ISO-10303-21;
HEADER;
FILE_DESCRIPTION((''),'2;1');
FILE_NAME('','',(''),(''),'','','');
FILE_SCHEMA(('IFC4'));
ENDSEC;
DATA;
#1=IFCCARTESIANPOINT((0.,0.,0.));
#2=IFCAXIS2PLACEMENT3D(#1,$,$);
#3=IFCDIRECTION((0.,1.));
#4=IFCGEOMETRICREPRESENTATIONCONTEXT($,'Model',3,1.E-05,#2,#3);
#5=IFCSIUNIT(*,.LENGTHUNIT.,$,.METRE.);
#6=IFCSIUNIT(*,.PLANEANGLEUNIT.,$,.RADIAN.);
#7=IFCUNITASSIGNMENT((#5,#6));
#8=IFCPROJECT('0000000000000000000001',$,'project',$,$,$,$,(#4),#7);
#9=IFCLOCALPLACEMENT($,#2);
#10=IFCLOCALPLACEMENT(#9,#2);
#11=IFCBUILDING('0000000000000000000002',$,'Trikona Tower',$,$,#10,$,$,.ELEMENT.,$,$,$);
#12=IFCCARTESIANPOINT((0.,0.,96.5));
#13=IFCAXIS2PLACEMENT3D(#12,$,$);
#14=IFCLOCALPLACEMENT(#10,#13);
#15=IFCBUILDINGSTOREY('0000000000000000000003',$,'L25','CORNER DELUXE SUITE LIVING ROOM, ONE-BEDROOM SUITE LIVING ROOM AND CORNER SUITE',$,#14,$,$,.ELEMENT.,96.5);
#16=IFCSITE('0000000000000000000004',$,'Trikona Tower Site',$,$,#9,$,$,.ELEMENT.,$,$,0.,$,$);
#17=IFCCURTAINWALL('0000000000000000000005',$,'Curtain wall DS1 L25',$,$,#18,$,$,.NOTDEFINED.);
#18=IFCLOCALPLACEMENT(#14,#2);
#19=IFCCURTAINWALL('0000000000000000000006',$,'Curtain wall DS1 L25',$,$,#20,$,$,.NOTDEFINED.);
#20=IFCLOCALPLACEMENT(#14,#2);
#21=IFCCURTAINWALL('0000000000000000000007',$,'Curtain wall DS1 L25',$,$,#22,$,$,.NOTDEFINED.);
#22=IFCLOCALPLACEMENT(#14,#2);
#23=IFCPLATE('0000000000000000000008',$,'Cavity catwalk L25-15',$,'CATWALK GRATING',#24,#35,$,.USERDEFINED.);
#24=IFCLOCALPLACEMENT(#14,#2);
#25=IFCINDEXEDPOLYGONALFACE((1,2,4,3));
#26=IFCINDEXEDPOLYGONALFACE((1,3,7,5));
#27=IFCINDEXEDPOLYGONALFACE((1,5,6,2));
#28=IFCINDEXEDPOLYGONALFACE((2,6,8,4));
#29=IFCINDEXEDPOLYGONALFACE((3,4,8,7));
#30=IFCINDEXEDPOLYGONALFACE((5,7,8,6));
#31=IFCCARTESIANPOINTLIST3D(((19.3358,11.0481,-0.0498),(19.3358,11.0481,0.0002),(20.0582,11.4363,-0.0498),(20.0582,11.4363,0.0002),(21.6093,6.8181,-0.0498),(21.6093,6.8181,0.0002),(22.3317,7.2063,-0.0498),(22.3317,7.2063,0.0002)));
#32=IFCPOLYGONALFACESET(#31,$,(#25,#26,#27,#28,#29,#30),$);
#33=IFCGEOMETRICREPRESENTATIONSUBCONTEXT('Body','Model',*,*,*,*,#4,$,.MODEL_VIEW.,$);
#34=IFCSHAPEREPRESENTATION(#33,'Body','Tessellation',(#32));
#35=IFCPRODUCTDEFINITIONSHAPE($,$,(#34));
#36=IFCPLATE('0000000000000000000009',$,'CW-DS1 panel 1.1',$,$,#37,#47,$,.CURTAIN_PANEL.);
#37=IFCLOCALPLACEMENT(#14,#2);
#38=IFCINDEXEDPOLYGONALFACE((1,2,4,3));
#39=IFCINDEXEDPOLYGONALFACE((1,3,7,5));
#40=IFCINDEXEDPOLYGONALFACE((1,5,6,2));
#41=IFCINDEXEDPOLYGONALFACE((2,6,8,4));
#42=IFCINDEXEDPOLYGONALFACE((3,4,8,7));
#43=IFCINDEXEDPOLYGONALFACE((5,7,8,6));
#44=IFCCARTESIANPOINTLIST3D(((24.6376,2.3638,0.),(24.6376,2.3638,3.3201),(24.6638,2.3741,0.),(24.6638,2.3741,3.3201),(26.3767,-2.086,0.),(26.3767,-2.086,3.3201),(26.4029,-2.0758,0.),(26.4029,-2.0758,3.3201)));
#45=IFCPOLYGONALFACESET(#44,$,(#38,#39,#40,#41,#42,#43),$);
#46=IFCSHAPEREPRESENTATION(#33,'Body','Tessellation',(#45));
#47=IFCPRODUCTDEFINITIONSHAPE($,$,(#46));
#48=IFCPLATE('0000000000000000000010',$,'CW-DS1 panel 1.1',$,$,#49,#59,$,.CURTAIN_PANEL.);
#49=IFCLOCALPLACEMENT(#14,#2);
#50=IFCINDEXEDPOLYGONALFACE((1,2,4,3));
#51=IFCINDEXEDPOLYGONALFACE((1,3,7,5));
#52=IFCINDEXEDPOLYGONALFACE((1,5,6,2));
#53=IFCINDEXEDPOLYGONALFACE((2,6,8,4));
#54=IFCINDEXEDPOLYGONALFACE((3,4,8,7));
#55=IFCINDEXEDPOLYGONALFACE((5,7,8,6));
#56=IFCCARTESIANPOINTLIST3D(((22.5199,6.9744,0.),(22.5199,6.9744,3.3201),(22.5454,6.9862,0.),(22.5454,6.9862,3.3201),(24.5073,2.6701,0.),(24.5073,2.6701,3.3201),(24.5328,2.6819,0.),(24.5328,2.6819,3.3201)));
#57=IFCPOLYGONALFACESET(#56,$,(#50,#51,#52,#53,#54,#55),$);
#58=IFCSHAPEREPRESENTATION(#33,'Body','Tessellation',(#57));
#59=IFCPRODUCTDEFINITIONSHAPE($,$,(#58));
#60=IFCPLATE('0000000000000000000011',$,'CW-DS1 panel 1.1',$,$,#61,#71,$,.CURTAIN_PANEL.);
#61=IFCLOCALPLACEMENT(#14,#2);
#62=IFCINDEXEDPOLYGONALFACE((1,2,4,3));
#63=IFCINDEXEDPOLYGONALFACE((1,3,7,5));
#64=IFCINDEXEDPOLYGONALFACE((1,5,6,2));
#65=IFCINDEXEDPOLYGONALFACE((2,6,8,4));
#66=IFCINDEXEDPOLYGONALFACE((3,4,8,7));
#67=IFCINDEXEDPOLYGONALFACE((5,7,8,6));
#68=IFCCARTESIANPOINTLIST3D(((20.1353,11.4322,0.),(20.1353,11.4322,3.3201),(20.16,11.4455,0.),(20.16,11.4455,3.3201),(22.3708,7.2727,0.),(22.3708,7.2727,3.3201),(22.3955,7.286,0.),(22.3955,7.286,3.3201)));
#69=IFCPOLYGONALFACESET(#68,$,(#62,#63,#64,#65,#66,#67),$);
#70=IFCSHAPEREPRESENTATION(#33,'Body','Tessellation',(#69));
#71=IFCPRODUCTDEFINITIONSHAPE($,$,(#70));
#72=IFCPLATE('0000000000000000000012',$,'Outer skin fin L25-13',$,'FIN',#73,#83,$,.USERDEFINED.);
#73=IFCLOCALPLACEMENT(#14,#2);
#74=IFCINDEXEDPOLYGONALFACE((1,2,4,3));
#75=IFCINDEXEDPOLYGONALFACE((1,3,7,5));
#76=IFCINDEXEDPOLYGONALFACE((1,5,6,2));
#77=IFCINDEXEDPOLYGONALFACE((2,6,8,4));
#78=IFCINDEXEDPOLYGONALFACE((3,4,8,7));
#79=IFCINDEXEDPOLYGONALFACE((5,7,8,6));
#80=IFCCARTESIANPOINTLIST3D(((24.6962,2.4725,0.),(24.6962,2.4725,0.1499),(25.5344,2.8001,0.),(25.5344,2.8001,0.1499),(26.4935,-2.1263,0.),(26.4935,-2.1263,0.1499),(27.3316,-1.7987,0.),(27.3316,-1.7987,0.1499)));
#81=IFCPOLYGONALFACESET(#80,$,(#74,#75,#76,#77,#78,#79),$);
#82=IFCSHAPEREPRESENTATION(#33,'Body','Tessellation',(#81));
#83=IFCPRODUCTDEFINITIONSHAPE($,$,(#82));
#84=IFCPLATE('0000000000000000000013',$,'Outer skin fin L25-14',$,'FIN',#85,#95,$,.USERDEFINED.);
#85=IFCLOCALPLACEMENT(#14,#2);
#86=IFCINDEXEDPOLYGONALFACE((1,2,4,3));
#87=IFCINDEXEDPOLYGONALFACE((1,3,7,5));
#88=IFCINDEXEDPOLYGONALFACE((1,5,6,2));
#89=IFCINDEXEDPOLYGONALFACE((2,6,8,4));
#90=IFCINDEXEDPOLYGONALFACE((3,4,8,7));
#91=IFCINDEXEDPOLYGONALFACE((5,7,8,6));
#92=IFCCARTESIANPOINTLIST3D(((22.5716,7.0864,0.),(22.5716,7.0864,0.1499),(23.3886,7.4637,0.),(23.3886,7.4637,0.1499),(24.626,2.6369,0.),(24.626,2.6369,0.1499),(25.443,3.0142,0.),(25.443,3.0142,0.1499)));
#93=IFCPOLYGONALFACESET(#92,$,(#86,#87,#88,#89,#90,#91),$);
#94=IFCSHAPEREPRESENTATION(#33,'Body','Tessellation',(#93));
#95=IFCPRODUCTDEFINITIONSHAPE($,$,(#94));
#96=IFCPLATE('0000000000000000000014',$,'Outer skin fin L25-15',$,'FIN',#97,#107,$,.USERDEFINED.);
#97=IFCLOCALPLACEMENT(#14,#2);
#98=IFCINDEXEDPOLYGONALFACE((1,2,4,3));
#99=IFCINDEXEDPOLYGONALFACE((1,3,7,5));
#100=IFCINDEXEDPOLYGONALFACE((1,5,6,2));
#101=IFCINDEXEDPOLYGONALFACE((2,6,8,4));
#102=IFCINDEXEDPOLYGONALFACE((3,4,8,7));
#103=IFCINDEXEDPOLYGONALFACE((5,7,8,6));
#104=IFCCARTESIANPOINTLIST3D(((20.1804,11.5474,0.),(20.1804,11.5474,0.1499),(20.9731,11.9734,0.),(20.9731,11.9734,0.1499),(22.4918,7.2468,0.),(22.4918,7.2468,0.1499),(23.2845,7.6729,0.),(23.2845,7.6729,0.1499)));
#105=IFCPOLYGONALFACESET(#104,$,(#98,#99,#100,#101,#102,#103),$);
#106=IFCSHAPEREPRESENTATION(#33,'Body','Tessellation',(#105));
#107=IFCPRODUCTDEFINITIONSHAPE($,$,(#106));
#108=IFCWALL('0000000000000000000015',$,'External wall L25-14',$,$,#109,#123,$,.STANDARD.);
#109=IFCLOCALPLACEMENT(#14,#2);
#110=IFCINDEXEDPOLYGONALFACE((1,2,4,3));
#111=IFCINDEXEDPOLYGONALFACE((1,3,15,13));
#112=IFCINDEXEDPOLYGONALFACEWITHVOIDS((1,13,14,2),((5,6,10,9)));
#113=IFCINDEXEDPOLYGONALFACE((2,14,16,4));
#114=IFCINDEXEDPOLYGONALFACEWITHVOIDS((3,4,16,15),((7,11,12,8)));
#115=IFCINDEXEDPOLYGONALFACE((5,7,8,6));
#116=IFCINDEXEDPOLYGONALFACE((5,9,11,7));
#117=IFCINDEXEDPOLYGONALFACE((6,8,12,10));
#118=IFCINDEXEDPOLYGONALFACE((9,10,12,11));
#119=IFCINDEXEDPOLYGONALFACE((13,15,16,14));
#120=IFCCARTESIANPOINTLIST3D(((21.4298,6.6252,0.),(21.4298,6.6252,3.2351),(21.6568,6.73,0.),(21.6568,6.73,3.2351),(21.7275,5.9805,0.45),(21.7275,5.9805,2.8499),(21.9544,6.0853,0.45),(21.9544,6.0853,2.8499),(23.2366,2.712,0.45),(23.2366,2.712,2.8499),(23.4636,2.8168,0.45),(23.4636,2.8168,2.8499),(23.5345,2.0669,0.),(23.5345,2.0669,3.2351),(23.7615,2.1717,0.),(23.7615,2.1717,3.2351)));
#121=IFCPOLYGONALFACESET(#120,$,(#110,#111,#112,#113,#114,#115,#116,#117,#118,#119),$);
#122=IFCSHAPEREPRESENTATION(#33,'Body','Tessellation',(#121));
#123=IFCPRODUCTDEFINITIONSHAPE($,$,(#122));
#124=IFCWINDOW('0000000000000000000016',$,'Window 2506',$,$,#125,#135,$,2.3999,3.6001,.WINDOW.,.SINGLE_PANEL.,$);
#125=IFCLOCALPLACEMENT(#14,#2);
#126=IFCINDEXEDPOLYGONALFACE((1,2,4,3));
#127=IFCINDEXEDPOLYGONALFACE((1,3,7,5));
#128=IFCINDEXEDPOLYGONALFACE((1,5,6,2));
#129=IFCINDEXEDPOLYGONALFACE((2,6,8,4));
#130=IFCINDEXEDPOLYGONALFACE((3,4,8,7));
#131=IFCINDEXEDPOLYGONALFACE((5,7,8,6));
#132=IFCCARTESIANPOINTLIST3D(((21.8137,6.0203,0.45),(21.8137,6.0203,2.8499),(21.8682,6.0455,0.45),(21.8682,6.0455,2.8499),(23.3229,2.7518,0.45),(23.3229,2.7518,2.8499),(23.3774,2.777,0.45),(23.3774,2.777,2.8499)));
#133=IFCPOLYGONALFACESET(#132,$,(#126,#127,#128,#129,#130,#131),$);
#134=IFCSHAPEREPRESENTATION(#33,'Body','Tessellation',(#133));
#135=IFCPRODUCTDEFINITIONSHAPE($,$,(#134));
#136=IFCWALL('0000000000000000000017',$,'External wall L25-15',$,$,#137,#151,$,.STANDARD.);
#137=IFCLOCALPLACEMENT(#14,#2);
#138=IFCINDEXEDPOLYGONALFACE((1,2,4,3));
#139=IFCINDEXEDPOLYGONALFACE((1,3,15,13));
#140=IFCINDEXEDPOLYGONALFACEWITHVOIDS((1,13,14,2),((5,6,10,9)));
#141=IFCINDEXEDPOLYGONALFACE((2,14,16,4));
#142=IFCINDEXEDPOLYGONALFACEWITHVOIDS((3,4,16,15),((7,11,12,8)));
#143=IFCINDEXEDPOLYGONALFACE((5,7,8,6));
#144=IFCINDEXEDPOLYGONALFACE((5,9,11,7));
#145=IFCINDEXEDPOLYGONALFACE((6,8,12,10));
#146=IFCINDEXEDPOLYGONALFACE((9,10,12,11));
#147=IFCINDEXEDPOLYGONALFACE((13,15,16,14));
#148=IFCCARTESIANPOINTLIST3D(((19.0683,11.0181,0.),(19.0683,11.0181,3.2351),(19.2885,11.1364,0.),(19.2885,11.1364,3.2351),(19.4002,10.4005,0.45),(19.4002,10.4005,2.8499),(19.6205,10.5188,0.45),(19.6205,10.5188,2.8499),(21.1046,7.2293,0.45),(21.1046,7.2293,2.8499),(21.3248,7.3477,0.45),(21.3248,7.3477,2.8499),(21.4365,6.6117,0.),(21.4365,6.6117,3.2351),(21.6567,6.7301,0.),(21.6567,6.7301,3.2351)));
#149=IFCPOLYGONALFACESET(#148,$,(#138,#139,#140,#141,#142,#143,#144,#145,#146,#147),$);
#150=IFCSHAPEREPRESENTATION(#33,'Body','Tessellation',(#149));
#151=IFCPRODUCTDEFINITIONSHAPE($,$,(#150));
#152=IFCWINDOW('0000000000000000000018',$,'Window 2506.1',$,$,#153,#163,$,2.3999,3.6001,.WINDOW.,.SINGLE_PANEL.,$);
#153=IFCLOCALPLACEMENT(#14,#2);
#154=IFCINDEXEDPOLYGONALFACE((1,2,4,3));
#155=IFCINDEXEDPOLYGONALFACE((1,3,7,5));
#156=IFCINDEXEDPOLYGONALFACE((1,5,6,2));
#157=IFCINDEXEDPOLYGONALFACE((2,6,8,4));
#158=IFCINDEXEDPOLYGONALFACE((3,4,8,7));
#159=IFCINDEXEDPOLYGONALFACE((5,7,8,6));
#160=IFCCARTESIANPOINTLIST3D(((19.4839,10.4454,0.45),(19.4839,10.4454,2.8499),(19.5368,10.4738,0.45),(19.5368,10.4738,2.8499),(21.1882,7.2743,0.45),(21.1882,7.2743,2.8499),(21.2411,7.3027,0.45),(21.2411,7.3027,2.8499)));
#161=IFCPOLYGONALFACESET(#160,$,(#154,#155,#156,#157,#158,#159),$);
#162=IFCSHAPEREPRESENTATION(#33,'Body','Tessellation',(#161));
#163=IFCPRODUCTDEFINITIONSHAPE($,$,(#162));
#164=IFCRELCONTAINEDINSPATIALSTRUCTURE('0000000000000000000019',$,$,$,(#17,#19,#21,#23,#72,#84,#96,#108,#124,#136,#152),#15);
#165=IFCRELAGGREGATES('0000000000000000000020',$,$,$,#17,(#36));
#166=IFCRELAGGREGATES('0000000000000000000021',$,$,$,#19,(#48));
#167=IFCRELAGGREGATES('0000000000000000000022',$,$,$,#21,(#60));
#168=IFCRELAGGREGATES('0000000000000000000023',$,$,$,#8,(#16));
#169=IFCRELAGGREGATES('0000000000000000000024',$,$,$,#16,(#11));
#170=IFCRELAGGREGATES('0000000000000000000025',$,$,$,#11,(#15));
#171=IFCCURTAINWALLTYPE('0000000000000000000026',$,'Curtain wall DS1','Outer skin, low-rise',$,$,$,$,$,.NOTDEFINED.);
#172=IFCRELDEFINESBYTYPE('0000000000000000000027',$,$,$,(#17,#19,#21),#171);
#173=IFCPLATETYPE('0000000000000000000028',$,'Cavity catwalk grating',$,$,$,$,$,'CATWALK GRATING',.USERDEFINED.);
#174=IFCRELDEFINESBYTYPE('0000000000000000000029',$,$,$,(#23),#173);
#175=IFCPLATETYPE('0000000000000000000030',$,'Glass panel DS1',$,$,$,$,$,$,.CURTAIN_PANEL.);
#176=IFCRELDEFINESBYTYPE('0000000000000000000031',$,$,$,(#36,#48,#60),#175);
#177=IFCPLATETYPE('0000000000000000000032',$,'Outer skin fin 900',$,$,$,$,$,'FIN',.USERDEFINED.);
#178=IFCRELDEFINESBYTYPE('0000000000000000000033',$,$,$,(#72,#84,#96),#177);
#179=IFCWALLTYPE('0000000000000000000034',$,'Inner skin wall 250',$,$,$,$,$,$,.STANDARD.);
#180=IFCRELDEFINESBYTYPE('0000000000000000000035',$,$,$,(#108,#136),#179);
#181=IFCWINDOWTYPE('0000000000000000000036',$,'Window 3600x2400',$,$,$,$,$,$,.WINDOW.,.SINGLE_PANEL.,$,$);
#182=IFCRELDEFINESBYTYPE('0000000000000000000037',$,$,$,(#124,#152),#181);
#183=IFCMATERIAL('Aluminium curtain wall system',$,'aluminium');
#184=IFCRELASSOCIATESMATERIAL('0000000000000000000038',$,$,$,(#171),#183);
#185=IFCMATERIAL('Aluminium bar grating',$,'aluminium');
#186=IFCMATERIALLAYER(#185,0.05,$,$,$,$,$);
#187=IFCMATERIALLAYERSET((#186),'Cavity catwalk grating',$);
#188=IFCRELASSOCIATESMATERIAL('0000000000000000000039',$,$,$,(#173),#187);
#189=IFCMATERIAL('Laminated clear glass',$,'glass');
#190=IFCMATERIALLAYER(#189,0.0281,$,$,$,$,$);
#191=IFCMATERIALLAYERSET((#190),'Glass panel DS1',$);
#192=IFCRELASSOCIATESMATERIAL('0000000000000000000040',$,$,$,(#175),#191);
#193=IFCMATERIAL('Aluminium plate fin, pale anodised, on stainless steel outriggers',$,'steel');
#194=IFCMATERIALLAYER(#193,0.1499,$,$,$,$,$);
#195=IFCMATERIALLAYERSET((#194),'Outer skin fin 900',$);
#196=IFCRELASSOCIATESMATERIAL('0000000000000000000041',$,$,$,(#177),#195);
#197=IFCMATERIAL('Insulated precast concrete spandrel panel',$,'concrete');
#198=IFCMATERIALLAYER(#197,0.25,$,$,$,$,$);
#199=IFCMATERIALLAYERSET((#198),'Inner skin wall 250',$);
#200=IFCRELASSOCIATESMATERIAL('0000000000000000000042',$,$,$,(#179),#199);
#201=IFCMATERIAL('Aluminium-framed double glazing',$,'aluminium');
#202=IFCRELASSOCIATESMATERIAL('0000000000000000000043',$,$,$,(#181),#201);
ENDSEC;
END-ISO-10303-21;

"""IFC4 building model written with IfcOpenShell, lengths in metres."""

from ifc_helpers import new_model, si_unit, direction, frame, frame_2d, origin, origin_2d, place, context, subcontext, project, spatial, rectangle, extrude, material, layer, layer_set, type_object, element, fill, aggregate, save


model = new_model("IFC4")

# Units and contexts
model_context = context("Model", 3, precision=1e-05, world=origin(), true_north=direction((0.0, 1.0)))
body_context = subcontext(model_context, "Body", "Model", "MODEL_VIEW")
ifc_project = project(units=[si_unit("LENGTHUNIT", "METRE"), si_unit("PLANEANGLEUNIT", "RADIAN")], contexts=[model_context])

# Site, building, storey
site_placement = place(None, origin())
site = spatial("IfcSite", under=ifc_project, at=site_placement, Name="Trikona Tower Site", CompositionType="ELEMENT", RefElevation=0.0)
building_placement = place(site_placement, origin())
building = spatial("IfcBuilding", under=site, at=building_placement, Name="Trikona Tower", CompositionType="ELEMENT")
storey_placement = place(building_placement, frame((0.0, 0.0, 96.5)))
storey = spatial("IfcBuildingStorey", under=building, at=storey_placement, Name="L25", Description="CORNER DELUXE SUITE LIVING ROOM, ONE-BEDROOM SUITE LIVING ROOM AND CORNER SUITE", CompositionType="ELEMENT", Elevation=96.5)

# Curtain wall
ifc_material_1 = material(Name="Aluminium curtain wall system", Category="aluminium")
curtain_wall_type = type_object("IfcCurtainWallType", Name="Curtain wall DS1", Description="Outer skin, low-rise", PredefinedType="NOTDEFINED", material=ifc_material_1)
curtain_wall_1_placement = place(storey_placement, origin())
curtain_wall_1 = element("IfcCurtainWall", 1, at=curtain_wall_1_placement, inside=storey, type_object=curtain_wall_type, Name="Curtain wall DS1 L25", PredefinedType="NOTDEFINED")

# Curtain walls
curtain_wall_2_placement = place(storey_placement, origin())
curtain_wall_2 = element("IfcCurtainWall", 2, at=curtain_wall_2_placement, inside=storey, type_object=curtain_wall_type, Name="Curtain wall DS1 L25", PredefinedType="NOTDEFINED")
curtain_wall_3_placement = place(storey_placement, origin())
curtain_wall_3 = element("IfcCurtainWall", 3, at=curtain_wall_3_placement, inside=storey, type_object=curtain_wall_type, Name="Curtain wall DS1 L25", PredefinedType="NOTDEFINED")

# Plate
ifc_material_2 = material(Name="Aluminium bar grating", Category="aluminium")
ifc_layer_1 = layer(ifc_material_2, 0.05)
ifc_layer_set_1 = layer_set([ifc_layer_1], Name="Cavity catwalk grating")
plate_type_1 = type_object("IfcPlateType", Name="Cavity catwalk grating", ElementType="CATWALK GRATING", PredefinedType="USERDEFINED", material=ifc_layer_set_1)
plate_1_placement = place(storey_placement, frame((20.8337, 9.1272, -0.0498), z_axis=(0.0, 0.0, 1.0), x_axis=(-0.473423, 0.880835, 0.0)))
element("IfcPlate", 4, at=plate_1_placement, inside=storey, type_object=plate_type_1, Name="Cavity catwalk L25-15", ObjectType="CATWALK GRATING", PredefinedType="USERDEFINED", context=body_context, shape_type="SweptSolid", body=[
    extrude(rectangle(XDim=4.8022, YDim=0.8201, at=origin_2d()), origin(), (0.0, 0.0, 1.0), 0.05),
])

# Plates
ifc_material_3 = material(Name="Laminated clear glass", Category="glass")
ifc_layer_2 = layer(ifc_material_3, 0.0281)
ifc_layer_set_2 = layer_set([ifc_layer_2], Name="Glass panel DS1")
plate_type_2 = type_object("IfcPlateType", Name="Glass panel DS1", PredefinedType="CURTAIN_PANEL", material=ifc_layer_set_2)
plate_2_placement = place(storey_placement, frame((25.5203, 0.144, 0.0), z_axis=(0.0, 0.0, 1.0), x_axis=(-0.364008, 0.931396, 0.0)))
plate_2 = element("IfcPlate", 5, at=plate_2_placement, type_object=plate_type_2, Name="CW-DS1 panel 1.1", PredefinedType="CURTAIN_PANEL", context=body_context, shape_type="SweptSolid", body=[
    extrude(rectangle(XDim=4.7776, YDim=0.0281, at=origin_2d()), origin(), (0.0, 0.0, 1.0), 3.3201),
])
aggregate(curtain_wall_1, [plate_2])
plate_3_placement = place(storey_placement, frame((23.5264, 4.8281, 0.0), z_axis=(0.0, 0.0, 1.0), x_axis=(-0.41919, 0.907898, 0.0)))
plate_3 = element("IfcPlate", 6, at=plate_3_placement, type_object=plate_type_2, Name="CW-DS1 panel 1.1", PredefinedType="CURTAIN_PANEL", context=body_context, shape_type="SweptSolid", body=[
    extrude(rectangle(XDim=4.741, YDim=0.0281, at=origin_2d()), origin(), (0.0, 0.0, 1.0), 3.3201),
])
aggregate(curtain_wall_2, [plate_3])
plate_4_placement = place(storey_placement, frame((21.2654, 9.3591, 0.0), z_axis=(0.0, 0.0, 1.0), x_axis=(-0.473408, 0.880843, 0.0)))
plate_4 = element("IfcPlate", 7, at=plate_4_placement, type_object=plate_type_2, Name="CW-DS1 panel 1.1", PredefinedType="CURTAIN_PANEL", context=body_context, shape_type="SweptSolid", body=[
    extrude(rectangle(XDim=4.7222, YDim=0.0281, at=origin_2d()), origin(), (0.0, 0.0, 1.0), 3.3201),
])
aggregate(curtain_wall_3, [plate_4])

# Plates
ifc_material_4 = material(Name="Aluminium plate fin, pale anodised, on stainless steel outriggers", Category="steel")
ifc_layer_3 = layer(ifc_material_4, 0.1499)
ifc_layer_set_3 = layer_set([ifc_layer_3], Name="Outer skin fin 900")
plate_type_3 = type_object("IfcPlateType", Name="Outer skin fin 900", ElementType="FIN", PredefinedType="USERDEFINED", material=ifc_layer_set_3)
plate_5_placement = place(storey_placement, frame((26.0139, 0.3369, 0.0), z_axis=(0.0, 0.0, 1.0), x_axis=(-0.364009, 0.931395, 0.0)))
element("IfcPlate", 8, at=plate_5_placement, inside=storey, type_object=plate_type_3, Name="Outer skin fin L25-13", ObjectType="FIN", PredefinedType="USERDEFINED", context=body_context, shape_type="SweptSolid", body=[
    extrude(rectangle(XDim=4.9375, YDim=0.8999, at=origin_2d()), origin(), (0.0, 0.0, 1.0), 0.1499),
])
plate_6_placement = place(storey_placement, frame((24.0073, 5.0503, 0.0), z_axis=(0.0, 0.0, 1.0), x_axis=(-0.419194, 0.907897, 0.0)))
element("IfcPlate", 9, at=plate_6_placement, inside=storey, type_object=plate_type_3, Name="Outer skin fin L25-14", ObjectType="FIN", PredefinedType="USERDEFINED", context=body_context, shape_type="SweptSolid", body=[
    extrude(rectangle(XDim=4.9009, YDim=0.8999, at=origin_2d()), origin(), (0.0, 0.0, 1.0), 0.1499),
])
plate_7_placement = place(storey_placement, frame((21.7324, 9.6101, 0.0), z_axis=(0.0, 0.0, 1.0), x_axis=(-0.473423, 0.880835, 0.0)))
element("IfcPlate", 10, at=plate_7_placement, inside=storey, type_object=plate_type_3, Name="Outer skin fin L25-15", ObjectType="FIN", PredefinedType="USERDEFINED", context=body_context, shape_type="SweptSolid", body=[
    extrude(rectangle(XDim=4.8823, YDim=0.8999, at=origin_2d()), origin(), (0.0, 0.0, 1.0), 0.1499),
])

# Walls, openings, windows
ifc_material_5 = material(Name="Insulated precast concrete spandrel panel", Category="concrete")
ifc_layer_4 = layer(ifc_material_5, 0.25)
ifc_layer_set_4 = layer_set([ifc_layer_4], Name="Inner skin wall 250")
wall_type = type_object("IfcWallType", Name="Inner skin wall 250", PredefinedType="STANDARD", material=ifc_layer_set_4)
wall_1_placement = place(storey_placement, frame((23.6479, 2.1194, 0.0), z_axis=(0.0, 0.0, 1.0), x_axis=(-0.419203, 0.907892, 0.0)))
wall_1 = element("IfcWall", 11, at=wall_1_placement, inside=storey, type_object=wall_type, Name="External wall L25-14", PredefinedType="STANDARD", context=body_context, shape_type="SweptSolid", body=[
    extrude(rectangle(XDim=5.0208, YDim=0.25, at=frame_2d((2.5103, 0.0))), origin(), (0.0, 0.0, 1.0), 3.2351),
])
opening_1_placement = place(wall_1_placement, frame((0.7104, 0.0, 0.45)))
opening_1 = element("IfcOpeningElement", 12, at=opening_1_placement, cuts=wall_1, PredefinedType="OPENING", context=body_context, shape_type="SweptSolid", body=[
    extrude(rectangle(XDim=3.6001, YDim=2.3999, at=frame_2d((1.8, 1.2))), frame((0.0, 0.135, 0.0), z_axis=(0.0, -1.0, 0.0), x_axis=(1.0, 0.0, 0.0)), (0.0, 0.0, 1.0), 0.27),
])
ifc_material_6 = material(Name="Aluminium-framed double glazing", Category="aluminium")
window_type = type_object("IfcWindowType", Name="Window 3600x2400", PartitioningType="SINGLE_PANEL", PredefinedType="WINDOW", material=ifc_material_6)
window_1_placement = place(opening_1_placement, origin())
window_1 = element("IfcWindow", 13, at=window_1_placement, inside=storey, type_object=window_type, Name="Window 2506", OverallHeight=2.3999, OverallWidth=3.6001, PartitioningType="SINGLE_PANEL", PredefinedType="WINDOW", context=body_context, shape_type="SweptSolid", body=[
    extrude(rectangle(XDim=3.6001, YDim=2.3999, at=frame_2d((1.8, 1.2))), frame((0.0, 0.03, 0.0), z_axis=(0.0, -1.0, 0.0), x_axis=(1.0, 0.0, 0.0)), (0.0, 0.0, 1.0), 0.0601),
])
fill(opening_1, window_1)
wall_2_placement = place(storey_placement, frame((21.5466, 6.6709, 0.0), z_axis=(0.0, 0.0, 1.0), x_axis=(-0.473413, 0.880841, 0.0)))
wall_2 = element("IfcWall", 14, at=wall_2_placement, inside=storey, type_object=wall_type, Name="External wall L25-15", PredefinedType="STANDARD", context=body_context, shape_type="SweptSolid", body=[
    extrude(rectangle(XDim=5.0024, YDim=0.25, at=frame_2d((2.5012, 0.0))), origin(), (0.0, 0.0, 1.0), 3.2351),
])
opening_2_placement = place(wall_2_placement, frame((0.7012, 0.0, 0.45)))
opening_2 = element("IfcOpeningElement", 15, at=opening_2_placement, cuts=wall_2, PredefinedType="OPENING", context=body_context, shape_type="SweptSolid", body=[
    extrude(rectangle(XDim=3.6001, YDim=2.3999, at=frame_2d((1.8, 1.2))), frame((0.0, 0.135, 0.0), z_axis=(0.0, -1.0, 0.0), x_axis=(1.0, 0.0, 0.0)), (0.0, 0.0, 1.0), 0.27),
])
window_2_placement = place(opening_2_placement, origin())
window_2 = element("IfcWindow", 16, at=window_2_placement, inside=storey, type_object=window_type, Name="Window 2506.1", OverallHeight=2.3999, OverallWidth=3.6001, PartitioningType="SINGLE_PANEL", PredefinedType="WINDOW", context=body_context, shape_type="SweptSolid", body=[
    extrude(rectangle(XDim=3.6001, YDim=2.3999, at=frame_2d((1.8, 1.2))), frame((0.0, 0.03, 0.0), z_axis=(0.0, -1.0, 0.0), x_axis=(1.0, 0.0, 0.0)), (0.0, 0.0, 1.0), 0.0601),
])
fill(opening_2, window_2)

save(model, "model.ifc")
